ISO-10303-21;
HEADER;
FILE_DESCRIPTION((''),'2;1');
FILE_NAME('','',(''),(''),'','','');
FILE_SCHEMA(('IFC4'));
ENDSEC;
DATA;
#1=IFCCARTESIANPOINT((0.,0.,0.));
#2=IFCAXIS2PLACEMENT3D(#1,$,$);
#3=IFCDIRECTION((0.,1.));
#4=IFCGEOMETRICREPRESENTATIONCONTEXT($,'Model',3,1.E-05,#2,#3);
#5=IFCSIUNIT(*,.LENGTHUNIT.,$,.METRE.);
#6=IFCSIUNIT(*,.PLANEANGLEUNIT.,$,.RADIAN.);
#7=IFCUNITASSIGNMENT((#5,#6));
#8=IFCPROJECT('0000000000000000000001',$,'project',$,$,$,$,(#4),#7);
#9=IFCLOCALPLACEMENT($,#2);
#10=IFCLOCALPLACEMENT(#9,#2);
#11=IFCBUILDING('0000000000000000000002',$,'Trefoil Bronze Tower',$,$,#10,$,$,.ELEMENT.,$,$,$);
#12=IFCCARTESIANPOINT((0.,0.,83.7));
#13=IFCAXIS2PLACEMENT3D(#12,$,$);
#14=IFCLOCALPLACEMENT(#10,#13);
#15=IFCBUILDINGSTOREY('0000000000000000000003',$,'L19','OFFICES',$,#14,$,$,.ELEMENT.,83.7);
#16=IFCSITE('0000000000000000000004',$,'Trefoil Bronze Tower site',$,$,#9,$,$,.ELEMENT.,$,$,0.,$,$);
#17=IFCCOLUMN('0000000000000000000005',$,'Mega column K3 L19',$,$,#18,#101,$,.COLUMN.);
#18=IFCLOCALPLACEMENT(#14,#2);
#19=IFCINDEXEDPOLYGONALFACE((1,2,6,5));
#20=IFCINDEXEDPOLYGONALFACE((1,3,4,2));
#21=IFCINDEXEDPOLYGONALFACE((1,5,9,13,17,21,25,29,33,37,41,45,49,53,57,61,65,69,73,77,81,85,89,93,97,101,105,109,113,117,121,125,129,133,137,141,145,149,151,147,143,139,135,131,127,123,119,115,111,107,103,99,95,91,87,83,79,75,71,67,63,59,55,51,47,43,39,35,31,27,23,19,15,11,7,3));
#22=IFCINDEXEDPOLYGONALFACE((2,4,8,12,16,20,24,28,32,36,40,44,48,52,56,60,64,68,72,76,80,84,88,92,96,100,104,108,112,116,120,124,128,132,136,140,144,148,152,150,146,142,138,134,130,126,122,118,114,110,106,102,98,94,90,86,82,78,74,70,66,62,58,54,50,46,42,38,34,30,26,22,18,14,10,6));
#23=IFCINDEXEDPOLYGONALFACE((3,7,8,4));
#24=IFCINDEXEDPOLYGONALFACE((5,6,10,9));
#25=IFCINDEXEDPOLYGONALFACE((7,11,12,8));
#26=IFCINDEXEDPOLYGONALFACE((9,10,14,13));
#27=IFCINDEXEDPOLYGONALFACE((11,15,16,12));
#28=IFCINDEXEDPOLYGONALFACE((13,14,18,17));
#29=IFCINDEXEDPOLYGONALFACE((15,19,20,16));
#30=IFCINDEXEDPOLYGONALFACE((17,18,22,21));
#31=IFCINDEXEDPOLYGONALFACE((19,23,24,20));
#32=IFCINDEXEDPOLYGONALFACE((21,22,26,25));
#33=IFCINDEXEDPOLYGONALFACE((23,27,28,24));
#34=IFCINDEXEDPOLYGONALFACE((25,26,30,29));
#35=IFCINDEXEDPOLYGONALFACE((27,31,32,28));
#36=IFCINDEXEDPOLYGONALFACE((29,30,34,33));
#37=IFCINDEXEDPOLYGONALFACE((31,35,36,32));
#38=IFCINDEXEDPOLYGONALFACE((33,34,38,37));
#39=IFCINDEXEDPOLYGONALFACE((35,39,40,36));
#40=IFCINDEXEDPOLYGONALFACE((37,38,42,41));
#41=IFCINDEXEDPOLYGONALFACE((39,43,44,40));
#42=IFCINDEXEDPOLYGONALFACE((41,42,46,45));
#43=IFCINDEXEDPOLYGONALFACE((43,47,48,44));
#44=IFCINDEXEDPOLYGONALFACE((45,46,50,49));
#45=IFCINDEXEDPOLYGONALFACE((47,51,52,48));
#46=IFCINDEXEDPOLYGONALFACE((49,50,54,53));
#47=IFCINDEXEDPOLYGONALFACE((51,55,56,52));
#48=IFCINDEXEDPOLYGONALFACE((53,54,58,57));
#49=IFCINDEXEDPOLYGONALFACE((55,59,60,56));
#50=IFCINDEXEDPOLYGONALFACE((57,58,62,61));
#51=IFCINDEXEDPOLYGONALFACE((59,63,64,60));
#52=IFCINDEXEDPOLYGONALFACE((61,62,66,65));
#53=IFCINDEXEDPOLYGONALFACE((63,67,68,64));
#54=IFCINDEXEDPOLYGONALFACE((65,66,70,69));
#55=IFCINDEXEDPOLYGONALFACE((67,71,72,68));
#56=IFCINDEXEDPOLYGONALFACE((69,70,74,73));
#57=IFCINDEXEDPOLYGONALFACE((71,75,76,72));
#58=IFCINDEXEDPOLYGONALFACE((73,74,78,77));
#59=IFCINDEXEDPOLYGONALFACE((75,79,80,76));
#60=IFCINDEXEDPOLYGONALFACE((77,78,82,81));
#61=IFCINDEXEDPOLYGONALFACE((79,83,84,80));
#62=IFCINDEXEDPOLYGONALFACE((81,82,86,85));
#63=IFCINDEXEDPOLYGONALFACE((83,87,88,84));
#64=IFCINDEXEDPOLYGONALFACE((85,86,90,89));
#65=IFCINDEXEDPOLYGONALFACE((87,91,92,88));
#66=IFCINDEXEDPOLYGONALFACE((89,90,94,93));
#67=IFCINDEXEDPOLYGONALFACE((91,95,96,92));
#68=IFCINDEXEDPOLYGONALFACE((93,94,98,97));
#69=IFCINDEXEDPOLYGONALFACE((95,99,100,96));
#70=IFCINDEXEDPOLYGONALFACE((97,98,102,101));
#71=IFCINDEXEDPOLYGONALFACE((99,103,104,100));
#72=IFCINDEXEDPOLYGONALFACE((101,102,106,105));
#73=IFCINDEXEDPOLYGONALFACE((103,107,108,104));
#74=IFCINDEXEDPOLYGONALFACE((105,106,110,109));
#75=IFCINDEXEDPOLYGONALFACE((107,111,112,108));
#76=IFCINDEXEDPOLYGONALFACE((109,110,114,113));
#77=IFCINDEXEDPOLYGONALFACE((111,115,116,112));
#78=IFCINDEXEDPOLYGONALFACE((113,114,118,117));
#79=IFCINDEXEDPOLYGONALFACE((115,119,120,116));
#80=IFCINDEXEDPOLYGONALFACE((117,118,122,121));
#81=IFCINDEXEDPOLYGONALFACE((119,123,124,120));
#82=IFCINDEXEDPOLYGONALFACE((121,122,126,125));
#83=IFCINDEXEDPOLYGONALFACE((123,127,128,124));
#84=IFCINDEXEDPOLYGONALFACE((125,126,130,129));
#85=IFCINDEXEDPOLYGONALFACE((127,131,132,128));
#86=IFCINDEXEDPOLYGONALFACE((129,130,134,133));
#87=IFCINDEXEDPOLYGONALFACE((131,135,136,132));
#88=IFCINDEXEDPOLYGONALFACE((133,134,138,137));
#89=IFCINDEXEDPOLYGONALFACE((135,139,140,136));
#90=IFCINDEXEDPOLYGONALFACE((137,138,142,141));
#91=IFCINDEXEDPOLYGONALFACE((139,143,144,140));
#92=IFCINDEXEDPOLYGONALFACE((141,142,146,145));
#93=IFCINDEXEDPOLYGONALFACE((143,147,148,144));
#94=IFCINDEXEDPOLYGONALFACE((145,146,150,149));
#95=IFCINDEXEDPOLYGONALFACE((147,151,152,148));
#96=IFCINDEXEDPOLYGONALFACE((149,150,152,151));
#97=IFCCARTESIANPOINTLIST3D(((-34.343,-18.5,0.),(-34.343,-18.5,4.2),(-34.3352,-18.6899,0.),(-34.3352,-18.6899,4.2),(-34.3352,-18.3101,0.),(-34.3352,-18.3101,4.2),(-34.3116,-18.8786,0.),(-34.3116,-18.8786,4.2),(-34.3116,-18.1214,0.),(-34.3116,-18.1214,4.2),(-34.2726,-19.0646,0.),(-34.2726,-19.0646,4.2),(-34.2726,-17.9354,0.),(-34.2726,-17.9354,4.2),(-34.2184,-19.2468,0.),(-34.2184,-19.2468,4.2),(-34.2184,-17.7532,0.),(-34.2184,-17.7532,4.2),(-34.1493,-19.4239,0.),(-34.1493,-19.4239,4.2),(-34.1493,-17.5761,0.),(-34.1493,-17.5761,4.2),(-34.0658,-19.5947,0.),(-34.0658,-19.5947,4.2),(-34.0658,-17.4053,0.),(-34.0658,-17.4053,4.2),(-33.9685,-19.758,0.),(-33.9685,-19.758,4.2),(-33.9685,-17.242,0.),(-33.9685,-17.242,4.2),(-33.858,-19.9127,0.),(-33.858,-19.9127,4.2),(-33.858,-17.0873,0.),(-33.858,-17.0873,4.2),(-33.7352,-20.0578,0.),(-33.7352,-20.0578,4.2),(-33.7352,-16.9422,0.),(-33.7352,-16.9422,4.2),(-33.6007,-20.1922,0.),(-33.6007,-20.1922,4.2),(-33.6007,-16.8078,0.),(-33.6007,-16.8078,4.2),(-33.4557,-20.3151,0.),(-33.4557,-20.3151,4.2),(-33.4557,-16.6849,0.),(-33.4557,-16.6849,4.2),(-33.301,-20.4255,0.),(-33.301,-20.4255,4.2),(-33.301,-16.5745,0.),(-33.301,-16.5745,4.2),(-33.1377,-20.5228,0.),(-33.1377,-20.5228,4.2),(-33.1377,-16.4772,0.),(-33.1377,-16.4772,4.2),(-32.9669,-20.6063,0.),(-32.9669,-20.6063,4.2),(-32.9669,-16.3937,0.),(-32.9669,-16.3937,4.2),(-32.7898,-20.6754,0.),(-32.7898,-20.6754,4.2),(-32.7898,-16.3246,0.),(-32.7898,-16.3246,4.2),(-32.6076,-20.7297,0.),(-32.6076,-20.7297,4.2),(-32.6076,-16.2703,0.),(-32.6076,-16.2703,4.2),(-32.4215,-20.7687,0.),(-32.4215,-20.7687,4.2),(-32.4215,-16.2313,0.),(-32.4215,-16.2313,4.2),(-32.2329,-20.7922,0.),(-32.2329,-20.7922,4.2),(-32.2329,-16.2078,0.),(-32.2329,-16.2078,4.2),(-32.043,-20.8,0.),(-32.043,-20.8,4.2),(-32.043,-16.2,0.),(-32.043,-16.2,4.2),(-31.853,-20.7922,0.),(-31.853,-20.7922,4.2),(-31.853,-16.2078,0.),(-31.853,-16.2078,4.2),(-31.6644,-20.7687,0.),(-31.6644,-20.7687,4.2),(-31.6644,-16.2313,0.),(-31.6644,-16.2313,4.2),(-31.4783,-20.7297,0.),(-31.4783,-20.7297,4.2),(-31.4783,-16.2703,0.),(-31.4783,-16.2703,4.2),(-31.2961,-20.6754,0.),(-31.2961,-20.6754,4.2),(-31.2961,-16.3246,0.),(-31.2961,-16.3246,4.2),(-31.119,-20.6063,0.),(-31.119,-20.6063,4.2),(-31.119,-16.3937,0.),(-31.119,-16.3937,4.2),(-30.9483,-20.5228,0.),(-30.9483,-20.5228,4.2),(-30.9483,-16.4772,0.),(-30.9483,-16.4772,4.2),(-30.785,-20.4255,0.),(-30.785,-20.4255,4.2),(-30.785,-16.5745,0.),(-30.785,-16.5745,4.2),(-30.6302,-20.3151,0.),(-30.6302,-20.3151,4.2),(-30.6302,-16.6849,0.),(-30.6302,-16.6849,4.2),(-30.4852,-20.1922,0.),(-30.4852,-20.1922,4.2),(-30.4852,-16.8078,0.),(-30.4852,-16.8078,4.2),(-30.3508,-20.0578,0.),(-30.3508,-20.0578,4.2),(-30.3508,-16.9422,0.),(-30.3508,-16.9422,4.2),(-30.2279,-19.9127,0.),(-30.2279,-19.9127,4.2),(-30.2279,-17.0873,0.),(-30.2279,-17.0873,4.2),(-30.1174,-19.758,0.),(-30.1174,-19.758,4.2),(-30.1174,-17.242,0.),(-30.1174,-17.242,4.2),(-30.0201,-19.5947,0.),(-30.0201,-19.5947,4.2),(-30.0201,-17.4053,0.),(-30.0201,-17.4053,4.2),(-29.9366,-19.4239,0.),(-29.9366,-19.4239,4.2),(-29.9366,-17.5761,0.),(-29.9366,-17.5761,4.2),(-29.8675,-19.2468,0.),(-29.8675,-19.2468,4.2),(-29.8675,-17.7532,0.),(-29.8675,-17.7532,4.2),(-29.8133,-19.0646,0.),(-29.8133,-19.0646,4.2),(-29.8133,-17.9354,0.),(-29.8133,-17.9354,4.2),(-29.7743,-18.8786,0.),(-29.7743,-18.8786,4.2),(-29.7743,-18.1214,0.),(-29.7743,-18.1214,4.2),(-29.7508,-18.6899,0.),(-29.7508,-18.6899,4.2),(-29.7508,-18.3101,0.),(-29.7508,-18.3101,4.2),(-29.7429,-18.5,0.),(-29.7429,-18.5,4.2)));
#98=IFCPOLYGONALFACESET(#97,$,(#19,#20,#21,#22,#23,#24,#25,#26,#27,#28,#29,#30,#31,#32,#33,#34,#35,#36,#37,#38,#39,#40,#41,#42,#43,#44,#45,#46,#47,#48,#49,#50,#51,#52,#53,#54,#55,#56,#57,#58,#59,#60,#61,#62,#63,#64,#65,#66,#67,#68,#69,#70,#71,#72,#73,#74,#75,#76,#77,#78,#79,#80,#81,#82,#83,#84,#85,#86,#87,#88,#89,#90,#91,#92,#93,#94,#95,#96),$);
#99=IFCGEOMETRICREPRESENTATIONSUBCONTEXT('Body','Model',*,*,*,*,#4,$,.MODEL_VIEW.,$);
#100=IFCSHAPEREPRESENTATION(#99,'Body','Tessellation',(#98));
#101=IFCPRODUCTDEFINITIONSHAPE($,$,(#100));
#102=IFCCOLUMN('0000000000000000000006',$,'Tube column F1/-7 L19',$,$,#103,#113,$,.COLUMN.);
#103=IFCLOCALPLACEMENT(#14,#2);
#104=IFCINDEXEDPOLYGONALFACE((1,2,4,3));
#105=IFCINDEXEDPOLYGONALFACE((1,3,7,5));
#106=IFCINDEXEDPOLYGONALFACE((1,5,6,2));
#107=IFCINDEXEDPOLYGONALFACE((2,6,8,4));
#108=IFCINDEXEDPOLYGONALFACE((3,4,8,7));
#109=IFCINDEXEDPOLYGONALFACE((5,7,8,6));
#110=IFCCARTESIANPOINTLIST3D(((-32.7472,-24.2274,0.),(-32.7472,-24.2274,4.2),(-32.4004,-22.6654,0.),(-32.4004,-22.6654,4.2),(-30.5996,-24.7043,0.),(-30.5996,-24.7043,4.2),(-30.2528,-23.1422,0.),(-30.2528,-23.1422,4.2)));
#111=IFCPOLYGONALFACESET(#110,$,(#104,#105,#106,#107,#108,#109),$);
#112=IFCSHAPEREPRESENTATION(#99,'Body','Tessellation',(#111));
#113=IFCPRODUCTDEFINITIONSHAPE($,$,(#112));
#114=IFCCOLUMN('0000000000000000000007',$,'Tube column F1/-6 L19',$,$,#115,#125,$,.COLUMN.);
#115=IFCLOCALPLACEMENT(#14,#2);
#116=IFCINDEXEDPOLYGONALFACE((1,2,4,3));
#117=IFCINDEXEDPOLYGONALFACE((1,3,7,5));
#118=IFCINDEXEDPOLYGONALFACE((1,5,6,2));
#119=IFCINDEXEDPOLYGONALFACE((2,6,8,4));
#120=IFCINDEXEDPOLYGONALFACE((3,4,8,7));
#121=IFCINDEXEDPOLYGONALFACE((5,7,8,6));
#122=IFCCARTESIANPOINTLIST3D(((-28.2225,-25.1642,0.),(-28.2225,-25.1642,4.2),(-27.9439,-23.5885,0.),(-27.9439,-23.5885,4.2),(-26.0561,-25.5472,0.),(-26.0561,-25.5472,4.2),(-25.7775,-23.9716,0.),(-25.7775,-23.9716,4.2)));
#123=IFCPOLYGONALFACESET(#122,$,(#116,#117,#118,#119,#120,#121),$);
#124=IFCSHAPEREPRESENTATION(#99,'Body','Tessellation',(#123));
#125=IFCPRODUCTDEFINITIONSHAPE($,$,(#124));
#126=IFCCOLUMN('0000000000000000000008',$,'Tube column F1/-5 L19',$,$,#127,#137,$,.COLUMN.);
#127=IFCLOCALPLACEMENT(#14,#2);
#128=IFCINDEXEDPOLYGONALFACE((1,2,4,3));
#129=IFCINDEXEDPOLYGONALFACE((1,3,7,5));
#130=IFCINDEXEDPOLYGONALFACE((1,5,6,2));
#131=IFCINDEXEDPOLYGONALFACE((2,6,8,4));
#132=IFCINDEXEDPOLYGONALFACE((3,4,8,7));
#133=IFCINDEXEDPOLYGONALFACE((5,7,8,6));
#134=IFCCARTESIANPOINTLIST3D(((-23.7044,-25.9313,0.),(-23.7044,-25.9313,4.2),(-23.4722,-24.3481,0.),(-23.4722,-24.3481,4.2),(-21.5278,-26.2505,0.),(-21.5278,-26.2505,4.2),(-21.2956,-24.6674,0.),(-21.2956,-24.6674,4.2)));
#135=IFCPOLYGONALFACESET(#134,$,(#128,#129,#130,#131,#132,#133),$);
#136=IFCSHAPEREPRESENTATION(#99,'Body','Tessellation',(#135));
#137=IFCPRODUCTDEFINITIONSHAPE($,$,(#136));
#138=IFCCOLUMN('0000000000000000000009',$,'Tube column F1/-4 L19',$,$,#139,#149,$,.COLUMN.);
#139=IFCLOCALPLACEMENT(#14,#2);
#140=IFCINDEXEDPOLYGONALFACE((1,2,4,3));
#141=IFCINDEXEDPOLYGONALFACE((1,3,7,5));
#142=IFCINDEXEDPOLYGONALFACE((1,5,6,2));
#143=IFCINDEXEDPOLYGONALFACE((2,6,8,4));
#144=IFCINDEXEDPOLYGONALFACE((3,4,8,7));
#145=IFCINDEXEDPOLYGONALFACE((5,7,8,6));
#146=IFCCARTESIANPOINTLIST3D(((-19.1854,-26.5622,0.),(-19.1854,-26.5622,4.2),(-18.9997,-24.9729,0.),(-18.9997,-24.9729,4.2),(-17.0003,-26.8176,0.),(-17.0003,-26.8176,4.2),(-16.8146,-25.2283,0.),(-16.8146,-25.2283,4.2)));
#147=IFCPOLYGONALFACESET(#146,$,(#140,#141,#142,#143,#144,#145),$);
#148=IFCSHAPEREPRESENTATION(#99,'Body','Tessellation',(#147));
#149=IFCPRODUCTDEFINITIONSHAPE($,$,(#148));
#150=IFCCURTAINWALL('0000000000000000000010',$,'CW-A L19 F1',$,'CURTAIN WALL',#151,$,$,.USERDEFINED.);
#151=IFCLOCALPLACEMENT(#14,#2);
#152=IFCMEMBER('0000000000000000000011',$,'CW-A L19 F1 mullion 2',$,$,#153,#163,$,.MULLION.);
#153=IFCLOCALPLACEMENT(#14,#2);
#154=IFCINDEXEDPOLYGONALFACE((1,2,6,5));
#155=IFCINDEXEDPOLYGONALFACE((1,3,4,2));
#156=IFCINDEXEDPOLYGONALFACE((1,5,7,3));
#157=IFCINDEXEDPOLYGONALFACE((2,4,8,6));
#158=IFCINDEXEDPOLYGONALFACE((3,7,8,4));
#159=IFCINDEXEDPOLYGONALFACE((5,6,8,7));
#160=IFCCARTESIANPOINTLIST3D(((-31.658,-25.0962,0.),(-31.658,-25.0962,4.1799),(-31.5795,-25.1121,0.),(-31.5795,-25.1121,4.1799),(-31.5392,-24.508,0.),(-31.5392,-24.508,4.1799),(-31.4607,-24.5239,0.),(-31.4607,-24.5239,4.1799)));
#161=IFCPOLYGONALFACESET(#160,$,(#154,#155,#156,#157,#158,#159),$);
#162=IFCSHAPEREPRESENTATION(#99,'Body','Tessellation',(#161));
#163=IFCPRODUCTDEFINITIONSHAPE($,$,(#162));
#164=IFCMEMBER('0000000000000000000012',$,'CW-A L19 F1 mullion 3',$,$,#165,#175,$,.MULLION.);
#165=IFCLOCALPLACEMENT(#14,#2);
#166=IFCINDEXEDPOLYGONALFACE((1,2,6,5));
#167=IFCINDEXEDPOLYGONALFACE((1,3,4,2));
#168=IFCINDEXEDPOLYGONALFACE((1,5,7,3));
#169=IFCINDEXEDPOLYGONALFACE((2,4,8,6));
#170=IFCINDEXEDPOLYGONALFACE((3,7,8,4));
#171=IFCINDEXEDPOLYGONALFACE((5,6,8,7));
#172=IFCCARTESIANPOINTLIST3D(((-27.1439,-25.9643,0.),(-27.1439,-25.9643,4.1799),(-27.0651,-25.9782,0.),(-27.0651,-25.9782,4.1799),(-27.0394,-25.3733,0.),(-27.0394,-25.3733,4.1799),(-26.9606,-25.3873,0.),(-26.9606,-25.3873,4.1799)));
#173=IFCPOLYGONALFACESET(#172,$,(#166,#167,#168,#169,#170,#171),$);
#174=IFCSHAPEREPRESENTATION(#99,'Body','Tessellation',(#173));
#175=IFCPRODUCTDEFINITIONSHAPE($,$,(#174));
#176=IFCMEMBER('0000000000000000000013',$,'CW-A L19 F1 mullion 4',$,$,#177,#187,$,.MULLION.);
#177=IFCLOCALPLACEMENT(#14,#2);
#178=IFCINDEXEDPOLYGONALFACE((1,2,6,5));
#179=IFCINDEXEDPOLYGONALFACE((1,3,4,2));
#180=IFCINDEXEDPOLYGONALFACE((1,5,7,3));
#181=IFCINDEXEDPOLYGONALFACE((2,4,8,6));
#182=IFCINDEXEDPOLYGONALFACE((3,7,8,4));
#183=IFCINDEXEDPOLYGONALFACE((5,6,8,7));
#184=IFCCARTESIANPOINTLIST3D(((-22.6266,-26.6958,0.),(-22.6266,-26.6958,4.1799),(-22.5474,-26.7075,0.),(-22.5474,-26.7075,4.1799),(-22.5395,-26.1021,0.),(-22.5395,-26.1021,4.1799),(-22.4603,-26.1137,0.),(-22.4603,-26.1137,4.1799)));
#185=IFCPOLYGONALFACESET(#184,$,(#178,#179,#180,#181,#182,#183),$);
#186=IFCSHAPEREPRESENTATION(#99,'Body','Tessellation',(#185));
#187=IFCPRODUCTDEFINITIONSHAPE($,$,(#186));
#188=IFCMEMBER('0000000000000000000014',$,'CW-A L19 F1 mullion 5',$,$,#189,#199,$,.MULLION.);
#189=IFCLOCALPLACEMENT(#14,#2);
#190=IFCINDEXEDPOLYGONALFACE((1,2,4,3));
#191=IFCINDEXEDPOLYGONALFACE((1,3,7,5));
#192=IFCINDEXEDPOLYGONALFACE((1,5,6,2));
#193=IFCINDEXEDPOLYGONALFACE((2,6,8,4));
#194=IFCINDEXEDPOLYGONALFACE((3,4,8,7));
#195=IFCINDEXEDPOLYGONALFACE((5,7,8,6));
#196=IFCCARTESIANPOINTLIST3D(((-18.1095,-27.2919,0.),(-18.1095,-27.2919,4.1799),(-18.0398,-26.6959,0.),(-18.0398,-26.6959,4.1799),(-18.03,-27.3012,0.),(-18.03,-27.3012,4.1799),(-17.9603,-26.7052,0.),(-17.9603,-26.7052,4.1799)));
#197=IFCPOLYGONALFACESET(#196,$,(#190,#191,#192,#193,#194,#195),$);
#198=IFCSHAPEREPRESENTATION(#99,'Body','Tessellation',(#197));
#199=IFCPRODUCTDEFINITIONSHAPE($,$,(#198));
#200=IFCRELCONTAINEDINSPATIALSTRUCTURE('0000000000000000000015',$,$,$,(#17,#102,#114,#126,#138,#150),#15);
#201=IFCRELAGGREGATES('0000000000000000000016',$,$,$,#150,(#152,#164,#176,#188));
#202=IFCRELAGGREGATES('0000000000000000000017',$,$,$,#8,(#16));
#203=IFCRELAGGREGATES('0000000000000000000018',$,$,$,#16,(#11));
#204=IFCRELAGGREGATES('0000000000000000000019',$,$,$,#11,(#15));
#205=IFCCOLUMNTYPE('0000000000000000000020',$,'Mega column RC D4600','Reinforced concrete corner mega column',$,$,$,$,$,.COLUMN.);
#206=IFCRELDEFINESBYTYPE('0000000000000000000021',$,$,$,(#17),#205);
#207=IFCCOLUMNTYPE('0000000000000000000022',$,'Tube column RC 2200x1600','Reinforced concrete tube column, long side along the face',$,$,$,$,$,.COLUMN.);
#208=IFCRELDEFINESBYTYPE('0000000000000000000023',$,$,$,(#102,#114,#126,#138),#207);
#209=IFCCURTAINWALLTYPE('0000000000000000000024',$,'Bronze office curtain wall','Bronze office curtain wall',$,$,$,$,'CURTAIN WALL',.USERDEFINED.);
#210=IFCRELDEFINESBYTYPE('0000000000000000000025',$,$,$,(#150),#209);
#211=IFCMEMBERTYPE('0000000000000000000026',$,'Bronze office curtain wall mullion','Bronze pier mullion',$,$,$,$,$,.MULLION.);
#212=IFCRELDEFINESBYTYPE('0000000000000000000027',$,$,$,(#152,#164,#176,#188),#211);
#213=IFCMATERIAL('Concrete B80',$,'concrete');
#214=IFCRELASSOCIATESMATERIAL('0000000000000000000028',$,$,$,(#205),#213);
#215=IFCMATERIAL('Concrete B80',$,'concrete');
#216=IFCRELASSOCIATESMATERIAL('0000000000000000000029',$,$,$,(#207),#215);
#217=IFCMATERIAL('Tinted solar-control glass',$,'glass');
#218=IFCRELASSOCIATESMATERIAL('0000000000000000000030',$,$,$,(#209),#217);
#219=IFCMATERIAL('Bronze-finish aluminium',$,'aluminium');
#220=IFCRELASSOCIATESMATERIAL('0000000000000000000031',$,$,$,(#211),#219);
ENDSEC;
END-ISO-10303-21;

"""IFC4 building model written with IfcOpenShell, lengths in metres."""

from ifc_helpers import new_model, si_unit, direction, frame, origin, origin_2d, place, context, subcontext, project, spatial, rectangle, circle, extrude, material, material_profile, profile_set, type_object, element, aggregate, save


model = new_model("IFC4")

# Units and contexts
model_context = context("Model", 3, precision=1e-05, world=origin(), true_north=direction((0.0, 1.0)))
body_context = subcontext(model_context, "Body", "Model", "MODEL_VIEW")
ifc_project = project(units=[si_unit("LENGTHUNIT", "METRE"), si_unit("PLANEANGLEUNIT", "RADIAN")], contexts=[model_context])

# Site, building, storey
site_placement = place(None, origin())
site = spatial("IfcSite", under=ifc_project, at=site_placement, Name="Trefoil Bronze Tower site", CompositionType="ELEMENT", RefElevation=0.0)
building_placement = place(site_placement, origin())
building = spatial("IfcBuilding", under=site, at=building_placement, Name="Trefoil Bronze Tower", CompositionType="ELEMENT")
storey_placement = place(building_placement, frame((0.0, 0.0, 83.7)))
storey = spatial("IfcBuildingStorey", under=building, at=storey_placement, Name="L19", Description="OFFICES", CompositionType="ELEMENT", Elevation=83.7)

# Columns
ifc_material_1 = material(Name="Concrete B80", Category="concrete")
ifc_material_profile_1 = material_profile(ifc_material_1, circle(Radius=2.3, at=origin_2d()), Name="RC D4600")
ifc_profile_set_1 = profile_set([ifc_material_profile_1], Name="Concrete B80")
column_type_1 = type_object("IfcColumnType", Name="Mega column RC D4600", Description="Reinforced concrete corner mega column", PredefinedType="COLUMN", material=ifc_profile_set_1)
column_placement = place(storey_placement, frame((-32.043, -18.5, 0.0), z_axis=(0.0, 0.0, 1.0), x_axis=(1.0, 0.0, 0.0)))
element("IfcColumn", 1, at=column_placement, inside=storey, type_object=column_type_1, Name="Mega column K3 L19", PredefinedType="COLUMN", context=body_context, shape_type="SweptSolid", body=[
    extrude(circle(Radius=2.3, at=origin_2d()), origin(), (0.0, 0.0, 1.0), 4.2),
])
ifc_material_2 = material(Name="Concrete B80", Category="concrete")
ifc_material_profile_2 = material_profile(ifc_material_2, rectangle(XDim=2.2, YDim=1.6001, at=origin_2d()), Name="RC 2200x1600")
ifc_profile_set_2 = profile_set([ifc_material_profile_2], Name="Concrete B80")
column_type_2 = type_object("IfcColumnType", Name="Tube column RC 2200x1600", Description="Reinforced concrete tube column, long side along the face", PredefinedType="COLUMN", material=ifc_profile_set_2)
for number, where, z_axis, x_axis, name in (
    (2, (-31.5, -23.6848, 0.0), (0.0, 0.0, 1.0), (0.97623, -0.216739, 0.0), "Tube column F1/-7 L19"),
    (3, (-27.0, -24.5679, 0.0), (0.0, 0.0, 1.0), (0.984722, -0.174131, 0.0), "Tube column F1/-6 L19"),
    (4, (-22.5, -25.2993, 0.0), (0.0, 0.0, 1.0), (0.989416, -0.145109, 0.0), "Tube column F1/-5 L19"),
    (5, (-18.0, -25.8953, 0.0), (0.0, 0.0, 1.0), (0.993239, -0.116087, 0.0), "Tube column F1/-4 L19"),
):
    element("IfcColumn", number, at=place(storey_placement, frame(where, z_axis=z_axis, x_axis=x_axis)), inside=storey, type_object=column_type_2, Name=name, PredefinedType="COLUMN", context=body_context, shape_type="SweptSolid", body=[
        extrude(rectangle(XDim=2.2, YDim=1.6001, at=origin_2d()), origin(), (0.0, 0.0, 1.0), 4.2),
    ])

# Curtain wall, members
ifc_material_3 = material(Name="Tinted solar-control glass", Category="glass")
curtain_wall_type_1 = type_object("IfcCurtainWallType", Name="Bronze office curtain wall", Description="Bronze office curtain wall", ElementType="CURTAIN WALL", PredefinedType="USERDEFINED", material=ifc_material_3)
curtain_wall_1_placement = place(storey_placement, origin())
curtain_wall_1 = element("IfcCurtainWall", 6, at=curtain_wall_1_placement, inside=storey, type_object=curtain_wall_type_1, Name="CW-A L19 F1", ObjectType="CURTAIN WALL", PredefinedType="USERDEFINED")
ifc_material_4 = material(Name="Bronze-finish aluminium", Category="aluminium")
ifc_material_profile_3 = material_profile(ifc_material_4, rectangle(XDim=0.6001, YDim=0.0801, at=origin_2d()), Name="CW-A mullion")
ifc_profile_set_3 = profile_set([ifc_material_profile_3], Name="Bronze-finish aluminium")
member_type_1 = type_object("IfcMemberType", Name="Bronze office curtain wall mullion", Description="Bronze pier mullion", PredefinedType="MULLION", material=ifc_profile_set_3)
member_1_placement = place(storey_placement, frame((-31.5593, -24.8101, 0.0), z_axis=(0.0, 0.0, 1.0), x_axis=(0.19791, 0.98022, 0.0)))
member_1 = element("IfcMember", 7, at=member_1_placement, type_object=member_type_1, Name="CW-A L19 F1 mullion 2", PredefinedType="MULLION", context=body_context, shape_type="SweptSolid", body=[
    extrude(rectangle(XDim=0.6001, YDim=0.0801, at=origin_2d()), origin(), (0.0, 0.0, 1.0), 4.1799),
])
member_2_placement = place(storey_placement, frame((-27.0522, -25.6758, 0.0), z_axis=(0.0, 0.0, 1.0), x_axis=(0.174131, 0.984722, 0.0)))
member_2 = element("IfcMember", 8, at=member_2_placement, type_object=member_type_1, Name="CW-A L19 F1 mullion 3", PredefinedType="MULLION", context=body_context, shape_type="SweptSolid", body=[
    extrude(rectangle(XDim=0.6001, YDim=0.0801, at=origin_2d()), origin(), (0.0, 0.0, 1.0), 4.1799),
])
member_3_placement = place(storey_placement, frame((-22.5435, -26.4048, 0.0), z_axis=(0.0, 0.0, 1.0), x_axis=(0.145109, 0.989416, 0.0)))
member_3 = element("IfcMember", 9, at=member_3_placement, type_object=member_type_1, Name="CW-A L19 F1 mullion 4", PredefinedType="MULLION", context=body_context, shape_type="SweptSolid", body=[
    extrude(rectangle(XDim=0.6001, YDim=0.0801, at=origin_2d()), origin(), (0.0, 0.0, 1.0), 4.1799),
])
member_4_placement = place(storey_placement, frame((-18.0349, -26.9985, 0.0), z_axis=(0.0, 0.0, 1.0), x_axis=(0.116087, 0.993239, 0.0)))
member_4 = element("IfcMember", 10, at=member_4_placement, type_object=member_type_1, Name="CW-A L19 F1 mullion 5", PredefinedType="MULLION", context=body_context, shape_type="SweptSolid", body=[
    extrude(rectangle(XDim=0.6001, YDim=0.0801, at=origin_2d()), origin(), (0.0, 0.0, 1.0), 4.1799),
])

aggregate(curtain_wall_1, [member_1, member_2, member_3, member_4])

save(model, "model.ifc")
